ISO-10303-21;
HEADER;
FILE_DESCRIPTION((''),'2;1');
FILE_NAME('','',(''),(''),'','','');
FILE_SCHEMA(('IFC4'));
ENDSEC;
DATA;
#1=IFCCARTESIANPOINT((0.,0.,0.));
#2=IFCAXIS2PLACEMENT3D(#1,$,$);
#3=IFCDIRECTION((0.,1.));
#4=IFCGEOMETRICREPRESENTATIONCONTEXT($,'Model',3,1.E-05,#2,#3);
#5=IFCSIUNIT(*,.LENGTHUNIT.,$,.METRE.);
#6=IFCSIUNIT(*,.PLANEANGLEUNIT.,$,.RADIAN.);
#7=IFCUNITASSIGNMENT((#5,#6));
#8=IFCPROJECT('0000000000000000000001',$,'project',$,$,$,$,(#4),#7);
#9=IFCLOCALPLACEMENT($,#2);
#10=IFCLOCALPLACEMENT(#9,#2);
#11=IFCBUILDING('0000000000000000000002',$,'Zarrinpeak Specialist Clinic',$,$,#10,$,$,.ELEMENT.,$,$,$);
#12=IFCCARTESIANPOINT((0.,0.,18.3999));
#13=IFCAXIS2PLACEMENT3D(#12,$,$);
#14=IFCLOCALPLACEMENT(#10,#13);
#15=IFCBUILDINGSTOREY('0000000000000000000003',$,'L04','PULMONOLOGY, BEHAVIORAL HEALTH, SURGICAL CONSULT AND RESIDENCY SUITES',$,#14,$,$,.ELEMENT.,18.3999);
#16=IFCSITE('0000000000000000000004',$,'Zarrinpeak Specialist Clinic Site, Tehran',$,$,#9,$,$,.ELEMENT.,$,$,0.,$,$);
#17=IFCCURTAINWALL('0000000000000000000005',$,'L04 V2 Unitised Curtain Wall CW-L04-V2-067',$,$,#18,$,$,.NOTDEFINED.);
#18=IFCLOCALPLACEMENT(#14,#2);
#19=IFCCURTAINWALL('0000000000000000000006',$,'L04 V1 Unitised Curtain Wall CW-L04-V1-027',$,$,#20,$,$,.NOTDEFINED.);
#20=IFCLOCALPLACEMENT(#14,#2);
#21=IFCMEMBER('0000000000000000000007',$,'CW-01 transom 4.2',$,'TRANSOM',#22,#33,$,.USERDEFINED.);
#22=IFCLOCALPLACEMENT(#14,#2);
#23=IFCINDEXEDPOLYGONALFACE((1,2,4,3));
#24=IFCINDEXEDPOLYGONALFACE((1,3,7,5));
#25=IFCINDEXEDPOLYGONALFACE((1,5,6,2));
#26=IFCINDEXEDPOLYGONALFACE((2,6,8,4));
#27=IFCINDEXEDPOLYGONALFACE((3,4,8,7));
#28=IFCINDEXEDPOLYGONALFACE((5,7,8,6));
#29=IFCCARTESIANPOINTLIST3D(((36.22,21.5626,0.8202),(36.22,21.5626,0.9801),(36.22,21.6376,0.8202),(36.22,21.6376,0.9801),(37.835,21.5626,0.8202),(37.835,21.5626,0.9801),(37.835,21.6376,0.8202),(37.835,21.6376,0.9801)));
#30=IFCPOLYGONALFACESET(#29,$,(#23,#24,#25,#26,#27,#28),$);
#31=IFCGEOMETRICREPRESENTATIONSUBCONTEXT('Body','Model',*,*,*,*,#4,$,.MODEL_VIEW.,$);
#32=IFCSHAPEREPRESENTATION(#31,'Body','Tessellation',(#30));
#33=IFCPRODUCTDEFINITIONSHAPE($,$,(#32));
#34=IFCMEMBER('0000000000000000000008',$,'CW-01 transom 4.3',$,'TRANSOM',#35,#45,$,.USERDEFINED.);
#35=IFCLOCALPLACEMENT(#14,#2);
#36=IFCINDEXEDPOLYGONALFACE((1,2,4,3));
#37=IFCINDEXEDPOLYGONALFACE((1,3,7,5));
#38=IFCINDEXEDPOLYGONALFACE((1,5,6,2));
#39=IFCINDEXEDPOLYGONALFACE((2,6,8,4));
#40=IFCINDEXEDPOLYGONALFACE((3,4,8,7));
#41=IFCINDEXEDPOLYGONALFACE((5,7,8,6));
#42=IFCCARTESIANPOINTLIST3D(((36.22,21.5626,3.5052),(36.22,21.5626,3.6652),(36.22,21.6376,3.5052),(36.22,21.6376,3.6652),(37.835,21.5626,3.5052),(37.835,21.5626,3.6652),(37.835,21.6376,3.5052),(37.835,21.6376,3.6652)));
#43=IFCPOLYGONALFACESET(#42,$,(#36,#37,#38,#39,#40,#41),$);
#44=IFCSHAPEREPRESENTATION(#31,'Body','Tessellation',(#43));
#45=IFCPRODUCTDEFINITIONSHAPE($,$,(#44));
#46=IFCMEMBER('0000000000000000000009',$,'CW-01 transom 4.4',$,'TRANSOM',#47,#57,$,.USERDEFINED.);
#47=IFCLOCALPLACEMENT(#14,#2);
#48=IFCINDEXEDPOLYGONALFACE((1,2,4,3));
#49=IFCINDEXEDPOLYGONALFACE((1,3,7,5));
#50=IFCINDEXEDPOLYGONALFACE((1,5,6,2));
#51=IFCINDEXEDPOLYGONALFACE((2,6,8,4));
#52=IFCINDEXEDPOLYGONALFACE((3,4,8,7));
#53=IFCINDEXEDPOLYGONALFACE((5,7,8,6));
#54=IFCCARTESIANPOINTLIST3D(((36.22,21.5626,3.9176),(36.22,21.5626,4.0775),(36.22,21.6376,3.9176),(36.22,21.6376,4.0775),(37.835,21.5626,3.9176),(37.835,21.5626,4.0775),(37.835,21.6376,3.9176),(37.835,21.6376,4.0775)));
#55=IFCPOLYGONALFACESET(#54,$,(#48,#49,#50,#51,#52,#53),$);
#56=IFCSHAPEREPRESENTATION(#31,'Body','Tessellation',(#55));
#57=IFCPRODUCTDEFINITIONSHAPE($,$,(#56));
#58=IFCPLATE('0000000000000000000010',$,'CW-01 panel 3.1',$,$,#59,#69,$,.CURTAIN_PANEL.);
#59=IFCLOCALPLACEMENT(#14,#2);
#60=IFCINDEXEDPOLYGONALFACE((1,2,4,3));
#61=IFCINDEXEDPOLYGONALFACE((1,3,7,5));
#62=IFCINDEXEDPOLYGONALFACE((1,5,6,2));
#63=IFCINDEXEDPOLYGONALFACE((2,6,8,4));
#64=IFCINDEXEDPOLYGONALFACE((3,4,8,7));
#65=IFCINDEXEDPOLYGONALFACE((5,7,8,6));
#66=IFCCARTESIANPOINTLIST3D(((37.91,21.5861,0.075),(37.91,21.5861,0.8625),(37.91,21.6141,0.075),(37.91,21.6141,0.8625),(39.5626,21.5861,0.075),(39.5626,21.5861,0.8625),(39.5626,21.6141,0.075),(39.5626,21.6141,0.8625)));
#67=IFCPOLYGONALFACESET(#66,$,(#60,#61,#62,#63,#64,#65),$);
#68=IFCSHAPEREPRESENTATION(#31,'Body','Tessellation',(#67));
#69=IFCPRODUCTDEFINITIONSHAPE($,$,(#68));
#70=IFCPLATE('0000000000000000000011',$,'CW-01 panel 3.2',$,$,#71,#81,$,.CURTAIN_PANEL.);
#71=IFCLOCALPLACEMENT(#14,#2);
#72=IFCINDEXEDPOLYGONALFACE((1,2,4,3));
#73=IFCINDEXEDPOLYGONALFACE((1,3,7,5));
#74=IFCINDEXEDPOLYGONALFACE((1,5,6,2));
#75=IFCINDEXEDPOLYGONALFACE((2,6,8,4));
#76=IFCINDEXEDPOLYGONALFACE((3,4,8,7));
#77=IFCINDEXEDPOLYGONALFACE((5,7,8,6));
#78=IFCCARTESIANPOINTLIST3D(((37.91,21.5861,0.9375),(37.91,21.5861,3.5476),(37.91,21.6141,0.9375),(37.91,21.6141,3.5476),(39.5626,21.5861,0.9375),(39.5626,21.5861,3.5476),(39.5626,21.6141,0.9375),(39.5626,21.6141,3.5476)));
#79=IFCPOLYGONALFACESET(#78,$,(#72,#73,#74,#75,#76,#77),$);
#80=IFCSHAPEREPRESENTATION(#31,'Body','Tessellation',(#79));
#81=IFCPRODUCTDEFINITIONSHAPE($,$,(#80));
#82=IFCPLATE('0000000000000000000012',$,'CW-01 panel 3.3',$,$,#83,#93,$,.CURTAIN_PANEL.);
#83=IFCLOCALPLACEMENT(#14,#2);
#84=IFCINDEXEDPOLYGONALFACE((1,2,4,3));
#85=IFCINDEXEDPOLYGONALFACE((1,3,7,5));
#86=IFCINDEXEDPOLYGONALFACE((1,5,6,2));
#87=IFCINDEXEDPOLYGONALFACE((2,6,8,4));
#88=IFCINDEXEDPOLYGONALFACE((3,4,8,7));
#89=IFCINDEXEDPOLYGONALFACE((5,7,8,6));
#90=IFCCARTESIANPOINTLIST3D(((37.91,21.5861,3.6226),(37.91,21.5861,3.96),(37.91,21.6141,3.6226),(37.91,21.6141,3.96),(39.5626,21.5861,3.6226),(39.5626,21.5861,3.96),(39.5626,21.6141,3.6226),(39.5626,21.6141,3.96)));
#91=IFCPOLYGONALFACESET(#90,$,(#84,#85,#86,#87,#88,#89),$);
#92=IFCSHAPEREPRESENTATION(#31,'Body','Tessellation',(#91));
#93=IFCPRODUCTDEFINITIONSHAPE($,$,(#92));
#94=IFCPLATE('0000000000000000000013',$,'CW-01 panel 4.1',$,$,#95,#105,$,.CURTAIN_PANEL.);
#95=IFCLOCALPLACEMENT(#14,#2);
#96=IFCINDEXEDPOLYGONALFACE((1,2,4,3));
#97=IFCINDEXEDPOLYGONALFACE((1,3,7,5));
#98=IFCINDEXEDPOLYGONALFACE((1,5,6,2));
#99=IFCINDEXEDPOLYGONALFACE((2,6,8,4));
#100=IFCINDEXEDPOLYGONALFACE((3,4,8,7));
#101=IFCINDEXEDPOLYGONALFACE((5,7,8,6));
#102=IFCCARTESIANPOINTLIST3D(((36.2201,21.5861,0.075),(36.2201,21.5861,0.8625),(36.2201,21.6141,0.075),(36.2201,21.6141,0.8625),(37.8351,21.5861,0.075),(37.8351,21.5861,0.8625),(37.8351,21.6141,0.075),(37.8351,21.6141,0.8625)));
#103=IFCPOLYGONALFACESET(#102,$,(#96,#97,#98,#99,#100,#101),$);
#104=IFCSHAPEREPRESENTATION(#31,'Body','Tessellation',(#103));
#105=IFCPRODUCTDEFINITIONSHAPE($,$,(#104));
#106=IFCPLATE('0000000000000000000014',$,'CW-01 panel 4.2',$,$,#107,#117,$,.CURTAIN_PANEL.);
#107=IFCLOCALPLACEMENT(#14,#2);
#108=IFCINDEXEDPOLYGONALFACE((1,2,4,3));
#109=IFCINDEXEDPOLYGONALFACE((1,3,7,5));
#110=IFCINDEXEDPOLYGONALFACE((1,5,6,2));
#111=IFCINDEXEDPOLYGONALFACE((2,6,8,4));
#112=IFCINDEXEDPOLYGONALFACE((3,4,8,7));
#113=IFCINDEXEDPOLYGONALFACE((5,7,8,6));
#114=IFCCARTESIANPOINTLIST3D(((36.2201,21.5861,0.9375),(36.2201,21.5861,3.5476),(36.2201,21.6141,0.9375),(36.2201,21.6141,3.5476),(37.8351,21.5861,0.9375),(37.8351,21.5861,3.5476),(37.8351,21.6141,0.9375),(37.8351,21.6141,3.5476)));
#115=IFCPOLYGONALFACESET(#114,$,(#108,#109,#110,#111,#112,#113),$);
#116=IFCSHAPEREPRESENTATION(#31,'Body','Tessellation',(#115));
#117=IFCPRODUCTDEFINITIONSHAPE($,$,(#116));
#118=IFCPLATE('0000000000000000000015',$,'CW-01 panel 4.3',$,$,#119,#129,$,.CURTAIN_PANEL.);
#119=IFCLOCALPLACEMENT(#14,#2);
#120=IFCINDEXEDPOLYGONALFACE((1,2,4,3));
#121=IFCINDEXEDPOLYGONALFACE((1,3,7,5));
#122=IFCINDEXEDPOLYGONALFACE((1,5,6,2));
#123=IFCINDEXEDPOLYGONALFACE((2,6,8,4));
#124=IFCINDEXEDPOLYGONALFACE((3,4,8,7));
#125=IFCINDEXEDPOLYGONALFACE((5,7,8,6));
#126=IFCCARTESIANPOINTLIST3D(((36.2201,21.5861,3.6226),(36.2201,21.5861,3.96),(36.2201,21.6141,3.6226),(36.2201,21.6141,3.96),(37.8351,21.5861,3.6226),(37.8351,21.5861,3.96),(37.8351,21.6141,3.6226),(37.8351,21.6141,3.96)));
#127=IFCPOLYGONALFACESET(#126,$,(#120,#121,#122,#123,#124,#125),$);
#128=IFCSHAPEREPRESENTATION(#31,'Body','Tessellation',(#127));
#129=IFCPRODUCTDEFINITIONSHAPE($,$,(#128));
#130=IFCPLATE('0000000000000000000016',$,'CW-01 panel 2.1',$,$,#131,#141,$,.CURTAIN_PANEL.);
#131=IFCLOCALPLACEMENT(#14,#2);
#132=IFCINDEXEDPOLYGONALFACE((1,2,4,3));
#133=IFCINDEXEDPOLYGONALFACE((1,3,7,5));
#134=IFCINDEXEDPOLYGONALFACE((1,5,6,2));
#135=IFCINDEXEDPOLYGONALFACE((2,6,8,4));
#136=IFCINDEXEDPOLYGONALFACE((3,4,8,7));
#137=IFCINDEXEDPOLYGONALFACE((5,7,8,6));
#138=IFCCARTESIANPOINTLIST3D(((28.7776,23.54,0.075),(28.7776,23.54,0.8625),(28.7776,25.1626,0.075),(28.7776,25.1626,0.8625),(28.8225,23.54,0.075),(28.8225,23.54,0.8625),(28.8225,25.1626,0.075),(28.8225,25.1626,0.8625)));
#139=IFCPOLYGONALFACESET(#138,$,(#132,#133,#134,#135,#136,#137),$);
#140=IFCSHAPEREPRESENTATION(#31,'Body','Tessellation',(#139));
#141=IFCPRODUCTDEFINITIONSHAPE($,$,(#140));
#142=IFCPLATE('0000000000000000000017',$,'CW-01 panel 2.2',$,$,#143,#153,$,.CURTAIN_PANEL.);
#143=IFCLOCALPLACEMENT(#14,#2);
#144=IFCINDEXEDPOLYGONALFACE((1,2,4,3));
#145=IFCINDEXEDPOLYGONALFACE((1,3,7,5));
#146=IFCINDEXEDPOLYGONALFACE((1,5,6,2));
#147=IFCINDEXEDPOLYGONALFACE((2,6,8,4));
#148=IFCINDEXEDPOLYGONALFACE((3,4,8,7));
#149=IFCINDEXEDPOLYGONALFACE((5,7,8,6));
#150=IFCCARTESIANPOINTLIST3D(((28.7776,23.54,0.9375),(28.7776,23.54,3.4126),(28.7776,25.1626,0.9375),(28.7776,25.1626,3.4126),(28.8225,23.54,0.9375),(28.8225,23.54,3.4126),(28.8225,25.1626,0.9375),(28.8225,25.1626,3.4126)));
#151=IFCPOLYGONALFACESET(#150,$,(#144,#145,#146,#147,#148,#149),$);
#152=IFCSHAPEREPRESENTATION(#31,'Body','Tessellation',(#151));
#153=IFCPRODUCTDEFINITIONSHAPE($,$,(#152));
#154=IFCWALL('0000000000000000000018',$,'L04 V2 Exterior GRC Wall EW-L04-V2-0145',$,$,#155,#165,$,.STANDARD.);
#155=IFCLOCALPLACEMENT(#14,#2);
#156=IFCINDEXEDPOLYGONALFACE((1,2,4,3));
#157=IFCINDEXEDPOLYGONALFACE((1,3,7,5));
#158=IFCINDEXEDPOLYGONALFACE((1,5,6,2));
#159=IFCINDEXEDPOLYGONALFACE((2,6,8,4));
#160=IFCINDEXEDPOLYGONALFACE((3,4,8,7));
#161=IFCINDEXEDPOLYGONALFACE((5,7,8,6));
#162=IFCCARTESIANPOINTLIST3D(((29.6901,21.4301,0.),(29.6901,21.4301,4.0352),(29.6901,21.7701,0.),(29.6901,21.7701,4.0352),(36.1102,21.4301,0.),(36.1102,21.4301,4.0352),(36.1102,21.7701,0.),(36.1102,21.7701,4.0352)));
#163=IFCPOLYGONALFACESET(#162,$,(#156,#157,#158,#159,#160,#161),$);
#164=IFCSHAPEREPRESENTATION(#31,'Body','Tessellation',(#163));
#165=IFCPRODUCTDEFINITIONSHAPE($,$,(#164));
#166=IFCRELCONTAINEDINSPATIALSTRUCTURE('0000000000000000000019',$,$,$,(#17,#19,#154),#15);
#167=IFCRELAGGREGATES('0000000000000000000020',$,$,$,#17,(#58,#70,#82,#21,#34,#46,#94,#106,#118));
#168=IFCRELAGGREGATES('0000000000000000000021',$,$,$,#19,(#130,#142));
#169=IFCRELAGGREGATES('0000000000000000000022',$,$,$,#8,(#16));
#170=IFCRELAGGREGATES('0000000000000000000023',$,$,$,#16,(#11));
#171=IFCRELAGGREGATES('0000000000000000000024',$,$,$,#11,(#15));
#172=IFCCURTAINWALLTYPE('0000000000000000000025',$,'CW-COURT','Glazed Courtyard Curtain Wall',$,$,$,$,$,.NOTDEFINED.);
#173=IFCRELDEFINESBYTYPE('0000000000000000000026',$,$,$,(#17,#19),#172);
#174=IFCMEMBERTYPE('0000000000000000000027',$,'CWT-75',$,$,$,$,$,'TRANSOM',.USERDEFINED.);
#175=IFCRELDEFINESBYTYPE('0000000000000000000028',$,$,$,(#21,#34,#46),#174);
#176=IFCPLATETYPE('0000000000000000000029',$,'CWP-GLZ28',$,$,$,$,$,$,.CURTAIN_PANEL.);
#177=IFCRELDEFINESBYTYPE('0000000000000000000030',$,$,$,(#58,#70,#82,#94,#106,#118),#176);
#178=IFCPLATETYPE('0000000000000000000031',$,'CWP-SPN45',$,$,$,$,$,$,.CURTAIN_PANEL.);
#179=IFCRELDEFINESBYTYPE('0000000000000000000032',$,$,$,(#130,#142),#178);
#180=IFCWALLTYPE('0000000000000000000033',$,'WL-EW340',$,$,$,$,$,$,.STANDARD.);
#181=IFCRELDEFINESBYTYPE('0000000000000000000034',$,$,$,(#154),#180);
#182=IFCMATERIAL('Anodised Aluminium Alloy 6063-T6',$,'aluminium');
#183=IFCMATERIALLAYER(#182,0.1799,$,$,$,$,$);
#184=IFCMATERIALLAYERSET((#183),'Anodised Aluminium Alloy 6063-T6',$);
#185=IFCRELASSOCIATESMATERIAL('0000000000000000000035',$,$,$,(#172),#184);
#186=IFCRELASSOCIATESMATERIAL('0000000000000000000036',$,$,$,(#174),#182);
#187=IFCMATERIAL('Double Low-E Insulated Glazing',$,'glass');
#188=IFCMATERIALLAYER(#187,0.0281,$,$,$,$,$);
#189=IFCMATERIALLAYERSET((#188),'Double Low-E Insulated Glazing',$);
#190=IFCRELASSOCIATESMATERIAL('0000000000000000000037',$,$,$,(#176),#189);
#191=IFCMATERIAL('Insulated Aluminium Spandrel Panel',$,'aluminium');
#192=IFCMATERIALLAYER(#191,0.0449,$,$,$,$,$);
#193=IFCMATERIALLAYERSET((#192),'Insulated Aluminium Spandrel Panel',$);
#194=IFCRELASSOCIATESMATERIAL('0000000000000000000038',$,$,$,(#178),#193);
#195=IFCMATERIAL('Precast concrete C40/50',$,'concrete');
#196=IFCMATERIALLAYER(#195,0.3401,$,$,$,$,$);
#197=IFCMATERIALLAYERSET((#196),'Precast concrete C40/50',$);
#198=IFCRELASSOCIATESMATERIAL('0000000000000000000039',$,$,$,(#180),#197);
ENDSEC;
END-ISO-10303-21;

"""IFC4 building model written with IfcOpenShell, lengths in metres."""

from ifc_helpers import new_model, si_unit, direction, frame, frame_2d, origin, origin_2d, place, context, subcontext, project, spatial, rectangle, extrude, material, layer, layer_set, material_profile, profile_set, type_object, element, aggregate, save


model = new_model("IFC4")

# Units and contexts
model_context = context("Model", 3, precision=1e-05, world=origin(), true_north=direction((0.0, 1.0)))
body_context = subcontext(model_context, "Body", "Model", "MODEL_VIEW")
ifc_project = project(units=[si_unit("LENGTHUNIT", "METRE"), si_unit("PLANEANGLEUNIT", "RADIAN")], contexts=[model_context])

# Site, building, storey
site_placement = place(None, origin())
site = spatial("IfcSite", under=ifc_project, at=site_placement, Name="Zarrinpeak Specialist Clinic Site, Tehran", CompositionType="ELEMENT", RefElevation=0.0)
building_placement = place(site_placement, origin())
building = spatial("IfcBuilding", under=site, at=building_placement, Name="Zarrinpeak Specialist Clinic", CompositionType="ELEMENT")
storey_placement = place(building_placement, frame((0.0, 0.0, 18.3999)))
storey = spatial("IfcBuildingStorey", under=building, at=storey_placement, Name="L04", Description="PULMONOLOGY, BEHAVIORAL HEALTH, SURGICAL CONSULT AND RESIDENCY SUITES", CompositionType="ELEMENT", Elevation=18.3999)

# Curtain walls
ifc_material_1 = material(Name="Anodised Aluminium Alloy 6063-T6", Category="aluminium")
ifc_layer_1 = layer(ifc_material_1, 0.1799)
ifc_layer_set_1 = layer_set([ifc_layer_1], Name="Anodised Aluminium Alloy 6063-T6")
curtain_wall_type = type_object("IfcCurtainWallType", Name="CW-COURT", Description="Glazed Courtyard Curtain Wall", PredefinedType="NOTDEFINED", material=ifc_layer_set_1)
curtain_wall_1_placement = place(storey_placement, origin())
curtain_wall_1 = element("IfcCurtainWall", 1, at=curtain_wall_1_placement, inside=storey, type_object=curtain_wall_type, Name="L04 V2 Unitised Curtain Wall CW-L04-V2-067", PredefinedType="NOTDEFINED")
curtain_wall_2_placement = place(storey_placement, origin())
curtain_wall_2 = element("IfcCurtainWall", 2, at=curtain_wall_2_placement, inside=storey, type_object=curtain_wall_type, Name="L04 V1 Unitised Curtain Wall CW-L04-V1-027", PredefinedType="NOTDEFINED")
ifc_material_profile_1 = material_profile(ifc_material_1, rectangle(XDim=0.075, YDim=0.1599, at=origin_2d()), Name="ALU 75x160")
ifc_profile_set_1 = profile_set([ifc_material_profile_1], Name="Anodised Aluminium Alloy 6063-T6")
member_type_1 = type_object("IfcMemberType", Name="CWT-75", ElementType="TRANSOM", PredefinedType="USERDEFINED", material=ifc_profile_set_1)

# Members
member_1_placement = place(storey_placement, frame((37.835, 21.6001, 0.9001), z_axis=(-1.0, 0.0, 0.0), x_axis=(0.0, -1.0, 0.0)))
member_1 = element("IfcMember", 3, at=member_1_placement, type_object=member_type_1, Name="CW-01 transom 4.2", ObjectType="TRANSOM", PredefinedType="USERDEFINED", context=body_context, shape_type="SweptSolid", body=[
    extrude(rectangle(XDim=0.075, YDim=0.1599, at=origin_2d()), origin(), (0.0, 0.0, 1.0), 1.615),
])
member_2_placement = place(storey_placement, frame((37.835, 21.6001, 3.5852), z_axis=(-1.0, 0.0, 0.0), x_axis=(0.0, -1.0, 0.0)))
member_2 = element("IfcMember", 4, at=member_2_placement, type_object=member_type_1, Name="CW-01 transom 4.3", ObjectType="TRANSOM", PredefinedType="USERDEFINED", context=body_context, shape_type="SweptSolid", body=[
    extrude(rectangle(XDim=0.075, YDim=0.1599, at=origin_2d()), origin(), (0.0, 0.0, 1.0), 1.615),
])
member_3_placement = place(storey_placement, frame((37.835, 21.6001, 3.9976), z_axis=(-1.0, 0.0, 0.0), x_axis=(0.0, -1.0, 0.0)))
member_3 = element("IfcMember", 5, at=member_3_placement, type_object=member_type_1, Name="CW-01 transom 4.4", ObjectType="TRANSOM", PredefinedType="USERDEFINED", context=body_context, shape_type="SweptSolid", body=[
    extrude(rectangle(XDim=0.075, YDim=0.1599, at=origin_2d()), origin(), (0.0, 0.0, 1.0), 1.615),
])

# Plates
ifc_material_2 = material(Name="Double Low-E Insulated Glazing", Category="glass")
ifc_layer_2 = layer(ifc_material_2, 0.0281)
ifc_layer_set_2 = layer_set([ifc_layer_2], Name="Double Low-E Insulated Glazing")
plate_type_1 = type_object("IfcPlateType", Name="CWP-GLZ28", PredefinedType="CURTAIN_PANEL", material=ifc_layer_set_2)
plate_1_placement = place(storey_placement, frame((38.7363, 21.6001, 0.075), z_axis=(0.0, 0.0, 1.0), x_axis=(-1.0, 0.0, 0.0)))
plate_1 = element("IfcPlate", 6, at=plate_1_placement, type_object=plate_type_1, Name="CW-01 panel 3.1", PredefinedType="CURTAIN_PANEL", context=body_context, shape_type="SweptSolid", body=[
    extrude(rectangle(XDim=1.6526, YDim=0.0281, at=origin_2d()), origin(), (0.0, 0.0, 1.0), 0.7876),
])
plate_2_placement = place(storey_placement, frame((38.7363, 21.6001, 0.9375), z_axis=(0.0, 0.0, 1.0), x_axis=(-1.0, 0.0, 0.0)))
plate_2 = element("IfcPlate", 7, at=plate_2_placement, type_object=plate_type_1, Name="CW-01 panel 3.2", PredefinedType="CURTAIN_PANEL", context=body_context, shape_type="SweptSolid", body=[
    extrude(rectangle(XDim=1.6526, YDim=0.0281, at=origin_2d()), origin(), (0.0, 0.0, 1.0), 2.6101),
])
plate_3_placement = place(storey_placement, frame((38.7363, 21.6001, 3.6226), z_axis=(0.0, 0.0, 1.0), x_axis=(-1.0, 0.0, 0.0)))
plate_3 = element("IfcPlate", 8, at=plate_3_placement, type_object=plate_type_1, Name="CW-01 panel 3.3", PredefinedType="CURTAIN_PANEL", context=body_context, shape_type="SweptSolid", body=[
    extrude(rectangle(XDim=1.6526, YDim=0.0281, at=origin_2d()), origin(), (0.0, 0.0, 1.0), 0.3374),
])
plate_4_placement = place(storey_placement, frame((37.0276, 21.6001, 0.075), z_axis=(0.0, 0.0, 1.0), x_axis=(-1.0, 0.0, 0.0)))
plate_4 = element("IfcPlate", 9, at=plate_4_placement, type_object=plate_type_1, Name="CW-01 panel 4.1", PredefinedType="CURTAIN_PANEL", context=body_context, shape_type="SweptSolid", body=[
    extrude(rectangle(XDim=1.615, YDim=0.0281, at=origin_2d()), origin(), (0.0, 0.0, 1.0), 0.7876),
])
plate_5_placement = place(storey_placement, frame((37.0276, 21.6001, 0.9375), z_axis=(0.0, 0.0, 1.0), x_axis=(-1.0, 0.0, 0.0)))
plate_5 = element("IfcPlate", 10, at=plate_5_placement, type_object=plate_type_1, Name="CW-01 panel 4.2", PredefinedType="CURTAIN_PANEL", context=body_context, shape_type="SweptSolid", body=[
    extrude(rectangle(XDim=1.615, YDim=0.0281, at=origin_2d()), origin(), (0.0, 0.0, 1.0), 2.6101),
])
plate_6_placement = place(storey_placement, frame((37.0276, 21.6001, 3.6226), z_axis=(0.0, 0.0, 1.0), x_axis=(-1.0, 0.0, 0.0)))
plate_6 = element("IfcPlate", 11, at=plate_6_placement, type_object=plate_type_1, Name="CW-01 panel 4.3", PredefinedType="CURTAIN_PANEL", context=body_context, shape_type="SweptSolid", body=[
    extrude(rectangle(XDim=1.615, YDim=0.0281, at=origin_2d()), origin(), (0.0, 0.0, 1.0), 0.3374),
])
aggregate(curtain_wall_1, [plate_1, plate_2, plate_3, member_1, member_2, member_3, plate_4, plate_5, plate_6])
ifc_material_3 = material(Name="Insulated Aluminium Spandrel Panel", Category="aluminium")
ifc_layer_3 = layer(ifc_material_3, 0.0449)
ifc_layer_set_3 = layer_set([ifc_layer_3], Name="Insulated Aluminium Spandrel Panel")
plate_type_2 = type_object("IfcPlateType", Name="CWP-SPN45", PredefinedType="CURTAIN_PANEL", material=ifc_layer_set_3)
plate_7_placement = place(storey_placement, frame((28.8, 24.3513, 0.075), z_axis=(0.0, 0.0, 1.0), x_axis=(0.0, 1.0, 0.0)))
plate_7 = element("IfcPlate", 12, at=plate_7_placement, type_object=plate_type_2, Name="CW-01 panel 2.1", PredefinedType="CURTAIN_PANEL", context=body_context, shape_type="SweptSolid", body=[
    extrude(rectangle(XDim=1.6226, YDim=0.0449, at=origin_2d()), origin(), (0.0, 0.0, 1.0), 0.7876),
])
plate_8_placement = place(storey_placement, frame((28.8, 24.3513, 0.9375), z_axis=(0.0, 0.0, 1.0), x_axis=(0.0, 1.0, 0.0)))
plate_8 = element("IfcPlate", 13, at=plate_8_placement, type_object=plate_type_2, Name="CW-01 panel 2.2", PredefinedType="CURTAIN_PANEL", context=body_context, shape_type="SweptSolid", body=[
    extrude(rectangle(XDim=1.6226, YDim=0.0449, at=origin_2d()), origin(), (0.0, 0.0, 1.0), 2.4751),
])
aggregate(curtain_wall_2, [plate_7, plate_8])

# Wall
ifc_material_4 = material(Name="Precast concrete C40/50", Category="concrete")
ifc_layer_4 = layer(ifc_material_4, 0.3401)
ifc_layer_set_4 = layer_set([ifc_layer_4], Name="Precast concrete C40/50")
wall_type = type_object("IfcWallType", Name="WL-EW340", PredefinedType="STANDARD", material=ifc_layer_set_4)
wall_1_placement = place(storey_placement, frame((36.1101, 21.6001, 0.0), z_axis=(0.0, 0.0, 1.0), x_axis=(-1.0, 0.0, 0.0)))
element("IfcWall", 14, at=wall_1_placement, inside=storey, type_object=wall_type, Name="L04 V2 Exterior GRC Wall EW-L04-V2-0145", PredefinedType="STANDARD", context=body_context, shape_type="SweptSolid", body=[
    extrude(rectangle(XDim=6.4202, YDim=0.3401, at=frame_2d((3.21, 0.0))), origin(), (0.0, 0.0, 1.0), 4.0352),
])

save(model, "model.ifc")
